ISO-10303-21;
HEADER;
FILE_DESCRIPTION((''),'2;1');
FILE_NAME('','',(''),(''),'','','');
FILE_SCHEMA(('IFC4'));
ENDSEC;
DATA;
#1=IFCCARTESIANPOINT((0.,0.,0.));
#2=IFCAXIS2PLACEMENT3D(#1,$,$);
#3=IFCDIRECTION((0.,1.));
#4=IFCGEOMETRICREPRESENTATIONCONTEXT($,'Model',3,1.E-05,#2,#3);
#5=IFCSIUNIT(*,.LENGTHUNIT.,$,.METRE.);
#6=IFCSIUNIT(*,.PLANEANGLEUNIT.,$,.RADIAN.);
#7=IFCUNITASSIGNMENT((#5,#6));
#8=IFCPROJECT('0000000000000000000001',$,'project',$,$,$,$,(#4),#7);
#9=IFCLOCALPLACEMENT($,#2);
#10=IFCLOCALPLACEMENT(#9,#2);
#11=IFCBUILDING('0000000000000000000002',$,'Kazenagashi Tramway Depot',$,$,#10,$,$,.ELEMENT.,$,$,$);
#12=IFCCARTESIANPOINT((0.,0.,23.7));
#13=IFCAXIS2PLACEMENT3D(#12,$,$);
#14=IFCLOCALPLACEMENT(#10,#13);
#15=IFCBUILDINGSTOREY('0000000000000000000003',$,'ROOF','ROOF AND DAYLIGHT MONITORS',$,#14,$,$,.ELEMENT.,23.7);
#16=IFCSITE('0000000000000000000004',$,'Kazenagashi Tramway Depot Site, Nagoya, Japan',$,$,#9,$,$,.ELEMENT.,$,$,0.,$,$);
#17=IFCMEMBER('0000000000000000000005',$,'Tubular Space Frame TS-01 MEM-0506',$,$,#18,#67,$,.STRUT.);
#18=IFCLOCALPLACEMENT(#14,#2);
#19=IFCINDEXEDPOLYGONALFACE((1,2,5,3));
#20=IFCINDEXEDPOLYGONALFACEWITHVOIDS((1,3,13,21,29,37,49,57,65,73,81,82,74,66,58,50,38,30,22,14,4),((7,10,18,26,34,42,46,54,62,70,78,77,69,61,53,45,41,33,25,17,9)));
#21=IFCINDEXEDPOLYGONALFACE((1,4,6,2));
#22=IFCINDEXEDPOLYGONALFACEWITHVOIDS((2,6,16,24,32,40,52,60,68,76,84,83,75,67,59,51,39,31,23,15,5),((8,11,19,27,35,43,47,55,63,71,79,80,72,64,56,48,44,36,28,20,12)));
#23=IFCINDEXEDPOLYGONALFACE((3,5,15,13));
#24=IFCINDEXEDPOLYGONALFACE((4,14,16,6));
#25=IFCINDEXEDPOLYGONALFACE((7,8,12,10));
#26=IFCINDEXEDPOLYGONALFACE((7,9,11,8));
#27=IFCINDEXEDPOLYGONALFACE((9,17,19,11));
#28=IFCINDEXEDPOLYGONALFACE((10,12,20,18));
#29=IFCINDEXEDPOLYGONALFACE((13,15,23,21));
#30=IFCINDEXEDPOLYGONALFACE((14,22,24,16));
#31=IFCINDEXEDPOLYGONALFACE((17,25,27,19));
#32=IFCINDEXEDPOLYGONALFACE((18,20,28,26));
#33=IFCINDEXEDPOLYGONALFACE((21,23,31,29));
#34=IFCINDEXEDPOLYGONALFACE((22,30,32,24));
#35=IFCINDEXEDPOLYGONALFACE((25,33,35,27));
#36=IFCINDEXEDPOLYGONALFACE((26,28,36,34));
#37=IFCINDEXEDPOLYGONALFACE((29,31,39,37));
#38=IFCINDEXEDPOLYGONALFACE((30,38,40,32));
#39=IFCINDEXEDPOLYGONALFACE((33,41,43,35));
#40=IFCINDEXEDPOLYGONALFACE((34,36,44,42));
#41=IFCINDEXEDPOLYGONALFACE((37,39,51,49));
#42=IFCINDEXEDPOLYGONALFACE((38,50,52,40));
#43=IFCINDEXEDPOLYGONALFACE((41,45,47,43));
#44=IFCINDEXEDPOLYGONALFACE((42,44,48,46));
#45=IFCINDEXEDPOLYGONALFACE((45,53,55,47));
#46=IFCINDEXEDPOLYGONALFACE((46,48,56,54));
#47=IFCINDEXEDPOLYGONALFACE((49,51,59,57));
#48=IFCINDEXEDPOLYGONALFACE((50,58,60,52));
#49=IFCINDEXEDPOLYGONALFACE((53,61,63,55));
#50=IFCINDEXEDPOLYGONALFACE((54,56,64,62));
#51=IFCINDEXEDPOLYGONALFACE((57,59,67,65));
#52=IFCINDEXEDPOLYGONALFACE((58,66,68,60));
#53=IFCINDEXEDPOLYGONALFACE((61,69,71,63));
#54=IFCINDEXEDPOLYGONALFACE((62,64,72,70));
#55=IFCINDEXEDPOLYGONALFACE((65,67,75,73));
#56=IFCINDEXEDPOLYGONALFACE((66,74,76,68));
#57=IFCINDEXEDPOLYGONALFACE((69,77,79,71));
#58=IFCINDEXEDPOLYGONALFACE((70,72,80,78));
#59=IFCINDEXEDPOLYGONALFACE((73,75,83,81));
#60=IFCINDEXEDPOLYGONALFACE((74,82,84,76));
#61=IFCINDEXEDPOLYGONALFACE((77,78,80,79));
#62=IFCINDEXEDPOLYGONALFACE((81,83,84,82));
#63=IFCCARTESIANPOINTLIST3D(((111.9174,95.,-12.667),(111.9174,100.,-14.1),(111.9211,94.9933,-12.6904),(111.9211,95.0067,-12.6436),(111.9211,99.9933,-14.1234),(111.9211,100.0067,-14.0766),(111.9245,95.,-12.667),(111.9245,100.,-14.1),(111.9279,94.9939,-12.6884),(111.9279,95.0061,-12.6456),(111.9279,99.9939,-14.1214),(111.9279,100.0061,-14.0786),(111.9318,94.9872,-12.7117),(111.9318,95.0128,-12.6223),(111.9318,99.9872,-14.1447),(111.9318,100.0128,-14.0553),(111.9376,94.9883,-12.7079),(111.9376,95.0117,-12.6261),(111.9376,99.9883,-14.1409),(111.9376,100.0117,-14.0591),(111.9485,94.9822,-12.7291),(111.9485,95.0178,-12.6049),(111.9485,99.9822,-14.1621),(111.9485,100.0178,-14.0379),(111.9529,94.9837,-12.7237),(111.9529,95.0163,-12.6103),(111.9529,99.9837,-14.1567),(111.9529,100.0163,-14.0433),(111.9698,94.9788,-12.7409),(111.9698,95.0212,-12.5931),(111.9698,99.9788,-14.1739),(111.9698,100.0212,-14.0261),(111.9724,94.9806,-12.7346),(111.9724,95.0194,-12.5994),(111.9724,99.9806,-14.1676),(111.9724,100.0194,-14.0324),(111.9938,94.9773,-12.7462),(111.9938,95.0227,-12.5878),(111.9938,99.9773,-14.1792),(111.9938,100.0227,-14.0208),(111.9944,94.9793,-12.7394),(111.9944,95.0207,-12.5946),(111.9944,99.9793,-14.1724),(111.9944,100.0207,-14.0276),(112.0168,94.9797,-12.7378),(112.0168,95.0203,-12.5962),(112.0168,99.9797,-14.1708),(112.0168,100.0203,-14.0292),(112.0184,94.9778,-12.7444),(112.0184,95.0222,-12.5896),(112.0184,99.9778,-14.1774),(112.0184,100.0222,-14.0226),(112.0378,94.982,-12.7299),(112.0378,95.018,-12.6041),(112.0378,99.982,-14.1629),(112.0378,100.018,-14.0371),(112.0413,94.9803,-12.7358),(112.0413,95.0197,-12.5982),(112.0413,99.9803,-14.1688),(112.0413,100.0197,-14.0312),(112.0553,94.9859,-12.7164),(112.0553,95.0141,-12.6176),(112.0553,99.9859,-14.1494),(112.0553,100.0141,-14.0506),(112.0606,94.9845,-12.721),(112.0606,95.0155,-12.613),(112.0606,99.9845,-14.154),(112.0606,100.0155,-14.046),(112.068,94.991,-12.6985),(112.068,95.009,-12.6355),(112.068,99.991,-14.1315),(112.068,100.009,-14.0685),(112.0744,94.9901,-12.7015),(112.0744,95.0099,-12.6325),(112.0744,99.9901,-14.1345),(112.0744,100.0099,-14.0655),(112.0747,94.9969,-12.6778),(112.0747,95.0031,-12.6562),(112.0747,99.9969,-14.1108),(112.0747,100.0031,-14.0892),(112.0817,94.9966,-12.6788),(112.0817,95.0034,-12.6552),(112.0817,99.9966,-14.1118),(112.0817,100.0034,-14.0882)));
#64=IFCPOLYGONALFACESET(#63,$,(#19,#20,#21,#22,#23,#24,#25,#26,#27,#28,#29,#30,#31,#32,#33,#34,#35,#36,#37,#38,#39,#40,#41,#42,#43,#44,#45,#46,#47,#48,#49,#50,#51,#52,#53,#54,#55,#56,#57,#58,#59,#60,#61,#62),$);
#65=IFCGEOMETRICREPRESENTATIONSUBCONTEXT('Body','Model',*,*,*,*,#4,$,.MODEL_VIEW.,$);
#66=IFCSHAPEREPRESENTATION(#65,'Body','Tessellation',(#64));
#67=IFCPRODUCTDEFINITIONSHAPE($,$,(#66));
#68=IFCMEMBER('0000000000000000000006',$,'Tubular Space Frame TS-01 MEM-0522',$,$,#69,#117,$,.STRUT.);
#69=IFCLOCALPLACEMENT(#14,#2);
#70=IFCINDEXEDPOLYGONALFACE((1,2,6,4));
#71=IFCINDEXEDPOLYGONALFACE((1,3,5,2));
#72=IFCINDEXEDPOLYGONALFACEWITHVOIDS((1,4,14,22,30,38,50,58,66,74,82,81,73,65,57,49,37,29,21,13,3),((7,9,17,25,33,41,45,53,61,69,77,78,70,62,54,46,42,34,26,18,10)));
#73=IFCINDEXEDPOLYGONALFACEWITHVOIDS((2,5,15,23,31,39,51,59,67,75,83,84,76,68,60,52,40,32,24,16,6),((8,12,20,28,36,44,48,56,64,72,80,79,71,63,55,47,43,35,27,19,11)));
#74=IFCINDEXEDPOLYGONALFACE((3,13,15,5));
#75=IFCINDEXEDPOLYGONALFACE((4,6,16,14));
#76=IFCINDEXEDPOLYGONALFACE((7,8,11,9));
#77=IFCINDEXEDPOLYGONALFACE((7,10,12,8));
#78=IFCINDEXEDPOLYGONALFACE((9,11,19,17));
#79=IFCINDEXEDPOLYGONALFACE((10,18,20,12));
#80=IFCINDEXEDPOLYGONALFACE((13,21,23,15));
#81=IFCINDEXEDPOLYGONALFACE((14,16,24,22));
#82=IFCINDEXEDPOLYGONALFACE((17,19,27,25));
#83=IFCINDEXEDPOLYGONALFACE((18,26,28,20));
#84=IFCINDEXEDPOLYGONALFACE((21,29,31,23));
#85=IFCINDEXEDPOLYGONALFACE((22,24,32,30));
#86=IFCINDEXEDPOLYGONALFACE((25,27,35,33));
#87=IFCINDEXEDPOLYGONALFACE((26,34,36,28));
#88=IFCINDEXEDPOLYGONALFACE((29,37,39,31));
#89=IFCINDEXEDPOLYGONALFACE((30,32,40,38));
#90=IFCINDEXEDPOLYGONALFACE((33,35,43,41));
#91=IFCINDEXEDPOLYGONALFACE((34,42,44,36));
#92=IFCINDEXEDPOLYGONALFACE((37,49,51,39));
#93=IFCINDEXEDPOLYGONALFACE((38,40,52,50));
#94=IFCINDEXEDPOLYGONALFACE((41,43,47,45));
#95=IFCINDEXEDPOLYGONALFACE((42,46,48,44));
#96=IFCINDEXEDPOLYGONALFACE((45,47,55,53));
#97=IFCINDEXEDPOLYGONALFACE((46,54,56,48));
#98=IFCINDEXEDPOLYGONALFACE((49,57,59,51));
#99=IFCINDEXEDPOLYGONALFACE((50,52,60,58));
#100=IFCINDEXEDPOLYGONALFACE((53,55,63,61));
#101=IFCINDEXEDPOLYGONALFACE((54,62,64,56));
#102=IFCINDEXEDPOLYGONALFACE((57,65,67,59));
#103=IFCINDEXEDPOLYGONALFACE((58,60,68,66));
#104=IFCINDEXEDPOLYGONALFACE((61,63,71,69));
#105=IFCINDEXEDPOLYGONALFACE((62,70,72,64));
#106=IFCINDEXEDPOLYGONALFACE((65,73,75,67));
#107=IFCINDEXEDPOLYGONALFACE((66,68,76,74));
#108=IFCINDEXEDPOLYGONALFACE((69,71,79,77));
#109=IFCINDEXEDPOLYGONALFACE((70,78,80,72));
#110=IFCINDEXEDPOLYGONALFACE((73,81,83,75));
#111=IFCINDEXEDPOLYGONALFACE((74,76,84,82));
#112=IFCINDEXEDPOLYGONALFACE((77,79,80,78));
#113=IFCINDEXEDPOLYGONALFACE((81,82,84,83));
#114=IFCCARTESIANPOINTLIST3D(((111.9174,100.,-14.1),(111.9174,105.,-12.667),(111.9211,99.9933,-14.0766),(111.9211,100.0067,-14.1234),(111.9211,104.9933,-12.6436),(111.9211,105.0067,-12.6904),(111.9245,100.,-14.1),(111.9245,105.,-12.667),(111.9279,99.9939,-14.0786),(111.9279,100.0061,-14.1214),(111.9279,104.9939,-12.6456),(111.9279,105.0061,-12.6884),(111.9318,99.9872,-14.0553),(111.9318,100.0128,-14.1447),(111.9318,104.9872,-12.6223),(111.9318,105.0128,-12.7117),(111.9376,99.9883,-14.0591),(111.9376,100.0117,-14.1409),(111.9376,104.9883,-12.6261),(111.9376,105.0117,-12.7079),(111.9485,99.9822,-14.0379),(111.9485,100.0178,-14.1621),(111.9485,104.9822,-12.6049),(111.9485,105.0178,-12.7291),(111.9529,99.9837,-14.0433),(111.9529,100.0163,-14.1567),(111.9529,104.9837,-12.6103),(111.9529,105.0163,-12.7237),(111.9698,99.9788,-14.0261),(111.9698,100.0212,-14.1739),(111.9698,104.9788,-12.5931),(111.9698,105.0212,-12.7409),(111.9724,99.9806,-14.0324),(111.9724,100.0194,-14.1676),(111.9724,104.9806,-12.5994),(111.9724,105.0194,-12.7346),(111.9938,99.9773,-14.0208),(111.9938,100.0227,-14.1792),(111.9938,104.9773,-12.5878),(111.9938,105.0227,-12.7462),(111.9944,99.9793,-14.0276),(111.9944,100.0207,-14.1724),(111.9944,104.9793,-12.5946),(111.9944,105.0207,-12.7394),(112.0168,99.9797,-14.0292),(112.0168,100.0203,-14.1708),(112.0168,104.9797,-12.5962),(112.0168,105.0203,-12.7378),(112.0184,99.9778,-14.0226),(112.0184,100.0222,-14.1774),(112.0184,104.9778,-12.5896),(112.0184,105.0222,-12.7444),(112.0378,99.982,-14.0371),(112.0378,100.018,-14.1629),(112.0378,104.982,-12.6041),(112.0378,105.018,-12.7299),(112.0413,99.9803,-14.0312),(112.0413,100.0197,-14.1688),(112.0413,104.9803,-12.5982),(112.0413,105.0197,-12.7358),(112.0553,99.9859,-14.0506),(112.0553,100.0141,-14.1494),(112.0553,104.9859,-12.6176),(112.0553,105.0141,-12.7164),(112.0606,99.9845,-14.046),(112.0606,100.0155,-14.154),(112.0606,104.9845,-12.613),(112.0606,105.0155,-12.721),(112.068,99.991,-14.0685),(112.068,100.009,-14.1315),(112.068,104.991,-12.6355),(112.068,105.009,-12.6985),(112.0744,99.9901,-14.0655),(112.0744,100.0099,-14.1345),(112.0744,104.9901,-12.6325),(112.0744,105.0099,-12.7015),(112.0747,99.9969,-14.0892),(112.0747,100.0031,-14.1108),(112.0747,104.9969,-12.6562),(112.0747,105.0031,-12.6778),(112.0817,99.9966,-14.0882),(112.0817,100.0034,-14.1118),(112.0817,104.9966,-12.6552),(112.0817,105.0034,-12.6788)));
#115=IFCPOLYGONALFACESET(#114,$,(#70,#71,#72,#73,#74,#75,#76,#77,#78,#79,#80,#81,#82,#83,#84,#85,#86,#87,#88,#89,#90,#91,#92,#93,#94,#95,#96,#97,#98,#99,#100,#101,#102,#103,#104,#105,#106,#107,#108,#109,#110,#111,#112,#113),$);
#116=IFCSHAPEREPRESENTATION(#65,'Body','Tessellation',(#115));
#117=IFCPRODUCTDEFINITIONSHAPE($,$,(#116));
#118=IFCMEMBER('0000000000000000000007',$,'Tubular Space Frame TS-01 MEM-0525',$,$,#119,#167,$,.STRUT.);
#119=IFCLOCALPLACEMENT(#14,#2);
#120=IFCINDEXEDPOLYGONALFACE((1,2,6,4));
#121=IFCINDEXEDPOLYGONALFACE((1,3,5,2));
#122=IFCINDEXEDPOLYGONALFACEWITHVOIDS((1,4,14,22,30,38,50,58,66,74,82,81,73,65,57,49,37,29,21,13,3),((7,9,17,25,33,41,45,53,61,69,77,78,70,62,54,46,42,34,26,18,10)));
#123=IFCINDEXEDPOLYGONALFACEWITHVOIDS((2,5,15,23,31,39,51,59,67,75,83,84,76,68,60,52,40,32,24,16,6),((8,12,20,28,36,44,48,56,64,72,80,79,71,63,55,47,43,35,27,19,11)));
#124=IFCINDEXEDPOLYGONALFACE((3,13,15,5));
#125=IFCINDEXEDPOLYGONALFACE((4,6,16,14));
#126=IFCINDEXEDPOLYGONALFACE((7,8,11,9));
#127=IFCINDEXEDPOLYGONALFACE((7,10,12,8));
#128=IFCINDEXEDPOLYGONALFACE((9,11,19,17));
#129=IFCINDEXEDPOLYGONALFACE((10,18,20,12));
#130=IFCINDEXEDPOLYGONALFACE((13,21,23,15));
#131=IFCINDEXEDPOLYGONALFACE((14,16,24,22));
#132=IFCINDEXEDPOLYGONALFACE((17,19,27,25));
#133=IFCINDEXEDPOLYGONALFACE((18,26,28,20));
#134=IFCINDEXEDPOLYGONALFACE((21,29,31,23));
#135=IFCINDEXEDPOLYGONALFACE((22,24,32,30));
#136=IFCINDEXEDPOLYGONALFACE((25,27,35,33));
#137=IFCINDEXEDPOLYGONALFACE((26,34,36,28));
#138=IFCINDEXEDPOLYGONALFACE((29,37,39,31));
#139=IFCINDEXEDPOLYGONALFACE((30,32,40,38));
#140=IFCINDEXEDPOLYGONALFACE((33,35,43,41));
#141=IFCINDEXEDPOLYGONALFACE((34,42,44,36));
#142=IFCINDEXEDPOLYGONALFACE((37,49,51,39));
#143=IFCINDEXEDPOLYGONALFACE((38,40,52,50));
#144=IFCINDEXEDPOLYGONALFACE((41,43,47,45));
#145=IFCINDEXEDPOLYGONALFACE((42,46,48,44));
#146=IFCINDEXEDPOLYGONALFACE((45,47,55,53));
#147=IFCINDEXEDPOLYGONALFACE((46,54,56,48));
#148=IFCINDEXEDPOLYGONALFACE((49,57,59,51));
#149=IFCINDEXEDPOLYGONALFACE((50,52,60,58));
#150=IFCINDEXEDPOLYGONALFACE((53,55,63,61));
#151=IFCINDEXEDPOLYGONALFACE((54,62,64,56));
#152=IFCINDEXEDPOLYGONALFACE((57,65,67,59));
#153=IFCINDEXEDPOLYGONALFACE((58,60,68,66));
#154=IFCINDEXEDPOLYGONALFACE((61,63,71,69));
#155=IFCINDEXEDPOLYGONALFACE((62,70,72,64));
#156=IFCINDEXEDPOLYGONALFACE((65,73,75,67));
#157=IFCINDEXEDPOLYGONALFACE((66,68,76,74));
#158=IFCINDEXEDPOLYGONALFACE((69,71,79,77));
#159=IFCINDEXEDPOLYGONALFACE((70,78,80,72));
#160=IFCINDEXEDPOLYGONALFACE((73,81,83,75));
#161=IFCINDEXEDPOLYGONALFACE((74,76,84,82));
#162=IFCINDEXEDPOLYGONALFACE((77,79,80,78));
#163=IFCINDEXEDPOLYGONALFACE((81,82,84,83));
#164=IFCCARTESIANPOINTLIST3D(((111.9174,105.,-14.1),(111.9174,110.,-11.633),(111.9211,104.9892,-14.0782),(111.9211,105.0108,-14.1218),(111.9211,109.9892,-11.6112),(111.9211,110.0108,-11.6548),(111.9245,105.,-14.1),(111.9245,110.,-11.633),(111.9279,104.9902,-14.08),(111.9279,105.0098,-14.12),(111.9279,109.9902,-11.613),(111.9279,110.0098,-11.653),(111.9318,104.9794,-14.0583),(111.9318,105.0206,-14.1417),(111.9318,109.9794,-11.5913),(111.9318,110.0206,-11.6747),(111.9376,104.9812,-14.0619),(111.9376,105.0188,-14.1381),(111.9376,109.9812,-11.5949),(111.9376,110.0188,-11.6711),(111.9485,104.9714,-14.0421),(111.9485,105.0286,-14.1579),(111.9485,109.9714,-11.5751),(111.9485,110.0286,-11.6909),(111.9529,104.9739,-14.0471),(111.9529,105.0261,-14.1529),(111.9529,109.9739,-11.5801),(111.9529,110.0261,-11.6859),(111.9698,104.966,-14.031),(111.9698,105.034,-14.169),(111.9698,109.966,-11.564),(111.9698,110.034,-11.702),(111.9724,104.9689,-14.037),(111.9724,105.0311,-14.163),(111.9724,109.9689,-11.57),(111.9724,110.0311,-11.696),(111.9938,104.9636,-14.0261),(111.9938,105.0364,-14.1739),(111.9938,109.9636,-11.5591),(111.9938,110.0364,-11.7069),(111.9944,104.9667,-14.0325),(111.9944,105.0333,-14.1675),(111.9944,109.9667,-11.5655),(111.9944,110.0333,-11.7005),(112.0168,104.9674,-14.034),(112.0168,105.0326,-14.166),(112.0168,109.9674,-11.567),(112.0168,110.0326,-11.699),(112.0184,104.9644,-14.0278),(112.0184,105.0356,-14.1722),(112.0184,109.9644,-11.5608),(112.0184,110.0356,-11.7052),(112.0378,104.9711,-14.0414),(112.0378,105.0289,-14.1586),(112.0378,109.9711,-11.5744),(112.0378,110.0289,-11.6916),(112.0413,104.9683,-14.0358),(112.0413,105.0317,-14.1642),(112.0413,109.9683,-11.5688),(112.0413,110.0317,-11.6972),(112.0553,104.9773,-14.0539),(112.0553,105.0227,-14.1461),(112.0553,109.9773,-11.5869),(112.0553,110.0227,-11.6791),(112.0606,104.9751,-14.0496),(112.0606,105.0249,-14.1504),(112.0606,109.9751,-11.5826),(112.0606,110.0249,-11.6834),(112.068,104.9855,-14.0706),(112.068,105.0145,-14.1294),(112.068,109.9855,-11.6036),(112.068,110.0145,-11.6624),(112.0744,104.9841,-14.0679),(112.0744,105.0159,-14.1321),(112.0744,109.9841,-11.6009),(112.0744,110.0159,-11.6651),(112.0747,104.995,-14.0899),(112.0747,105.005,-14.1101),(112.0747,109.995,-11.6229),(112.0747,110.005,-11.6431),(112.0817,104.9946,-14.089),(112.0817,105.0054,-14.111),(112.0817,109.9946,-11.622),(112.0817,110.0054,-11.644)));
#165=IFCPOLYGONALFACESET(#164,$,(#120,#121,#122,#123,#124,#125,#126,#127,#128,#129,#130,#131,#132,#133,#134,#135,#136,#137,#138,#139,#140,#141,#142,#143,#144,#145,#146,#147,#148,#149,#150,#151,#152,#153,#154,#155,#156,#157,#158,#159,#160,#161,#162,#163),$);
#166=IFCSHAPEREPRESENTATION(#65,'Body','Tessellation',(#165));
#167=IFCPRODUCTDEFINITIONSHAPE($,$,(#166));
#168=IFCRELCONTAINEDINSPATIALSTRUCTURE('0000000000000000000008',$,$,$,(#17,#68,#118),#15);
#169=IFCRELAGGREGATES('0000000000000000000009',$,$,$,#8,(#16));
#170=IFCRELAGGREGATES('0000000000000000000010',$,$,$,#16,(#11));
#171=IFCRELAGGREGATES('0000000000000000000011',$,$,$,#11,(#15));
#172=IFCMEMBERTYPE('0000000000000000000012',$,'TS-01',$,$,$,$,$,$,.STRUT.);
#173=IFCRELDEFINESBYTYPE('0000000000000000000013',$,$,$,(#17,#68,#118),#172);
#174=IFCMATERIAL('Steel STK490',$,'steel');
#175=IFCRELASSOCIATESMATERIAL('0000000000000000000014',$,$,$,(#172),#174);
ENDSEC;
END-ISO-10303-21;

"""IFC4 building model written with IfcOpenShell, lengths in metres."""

from ifc_helpers import new_model, si_unit, direction, frame, origin, origin_2d, place, context, subcontext, project, spatial, hollow_circle, extrude, material, material_profile, profile_set, type_object, element, save


model = new_model("IFC4")

# Units and contexts
model_context = context("Model", 3, precision=1e-05, world=origin(), true_north=direction((0.0, 1.0)))
body_context = subcontext(model_context, "Body", "Model", "MODEL_VIEW")
ifc_project = project(units=[si_unit("LENGTHUNIT", "METRE"), si_unit("PLANEANGLEUNIT", "RADIAN")], contexts=[model_context])

# Site, building, storey
site_placement = place(None, origin())
site = spatial("IfcSite", under=ifc_project, at=site_placement, Name="Kazenagashi Tramway Depot Site, Nagoya, Japan", CompositionType="ELEMENT", RefElevation=0.0)
building_placement = place(site_placement, origin())
building = spatial("IfcBuilding", under=site, at=building_placement, Name="Kazenagashi Tramway Depot", CompositionType="ELEMENT")
storey_placement = place(building_placement, frame((0.0, 0.0, 23.7)))
storey = spatial("IfcBuildingStorey", under=building, at=storey_placement, Name="ROOF", Description="ROOF AND DAYLIGHT MONITORS", CompositionType="ELEMENT", Elevation=23.7)

# Members
ifc_material_1 = material(Name="Steel STK490", Category="steel")
ifc_material_profile_1 = material_profile(ifc_material_1, hollow_circle(Radius=0.0826, WallThickness=0.0071, at=origin_2d()), Name="CHS-165.2x7.1")
ifc_profile_set_1 = profile_set([ifc_material_profile_1], Name="Steel STK490")
member_type_1 = type_object("IfcMemberType", Name="TS-01", PredefinedType="STRUT", material=ifc_profile_set_1)
for number, where, z_axis, x_axis, name in (
    (1, (112.0, 95.0, -12.667), (0.0, 0.961299, -0.275508), (-1.0, 0.0, 0.0), "Tubular Space Frame TS-01 MEM-0506"),
    (2, (112.0, 100.0, -14.1), (0.0, 0.961299, 0.275508), (-1.0, 0.0, 0.0), "Tubular Space Frame TS-01 MEM-0522"),
):
    element("IfcMember", number, at=place(storey_placement, frame(where, z_axis=z_axis, x_axis=x_axis)), inside=storey, type_object=member_type_1, Name=name, PredefinedType="STRUT", context=body_context, shape_type="SweptSolid", body=[
        extrude(hollow_circle(Radius=0.0826, WallThickness=0.0071, at=origin_2d()), origin(), (0.0, 0.0, 1.0), 5.2013),
    ])
for number, where, z_axis, x_axis, name in (
    (3, (112.0, 105.0, -14.1), (0.0, 0.896782, 0.442472), (-1.0, 0.0, 0.0), "Tubular Space Frame TS-01 MEM-0525"),
):
    element("IfcMember", number, at=place(storey_placement, frame(where, z_axis=z_axis, x_axis=x_axis)), inside=storey, type_object=member_type_1, Name=name, PredefinedType="STRUT", context=body_context, shape_type="SweptSolid", body=[
        extrude(hollow_circle(Radius=0.0826, WallThickness=0.0071, at=origin_2d()), origin(), (0.0, 0.0, 1.0), 5.5755),
    ])

save(model, "model.ifc")
